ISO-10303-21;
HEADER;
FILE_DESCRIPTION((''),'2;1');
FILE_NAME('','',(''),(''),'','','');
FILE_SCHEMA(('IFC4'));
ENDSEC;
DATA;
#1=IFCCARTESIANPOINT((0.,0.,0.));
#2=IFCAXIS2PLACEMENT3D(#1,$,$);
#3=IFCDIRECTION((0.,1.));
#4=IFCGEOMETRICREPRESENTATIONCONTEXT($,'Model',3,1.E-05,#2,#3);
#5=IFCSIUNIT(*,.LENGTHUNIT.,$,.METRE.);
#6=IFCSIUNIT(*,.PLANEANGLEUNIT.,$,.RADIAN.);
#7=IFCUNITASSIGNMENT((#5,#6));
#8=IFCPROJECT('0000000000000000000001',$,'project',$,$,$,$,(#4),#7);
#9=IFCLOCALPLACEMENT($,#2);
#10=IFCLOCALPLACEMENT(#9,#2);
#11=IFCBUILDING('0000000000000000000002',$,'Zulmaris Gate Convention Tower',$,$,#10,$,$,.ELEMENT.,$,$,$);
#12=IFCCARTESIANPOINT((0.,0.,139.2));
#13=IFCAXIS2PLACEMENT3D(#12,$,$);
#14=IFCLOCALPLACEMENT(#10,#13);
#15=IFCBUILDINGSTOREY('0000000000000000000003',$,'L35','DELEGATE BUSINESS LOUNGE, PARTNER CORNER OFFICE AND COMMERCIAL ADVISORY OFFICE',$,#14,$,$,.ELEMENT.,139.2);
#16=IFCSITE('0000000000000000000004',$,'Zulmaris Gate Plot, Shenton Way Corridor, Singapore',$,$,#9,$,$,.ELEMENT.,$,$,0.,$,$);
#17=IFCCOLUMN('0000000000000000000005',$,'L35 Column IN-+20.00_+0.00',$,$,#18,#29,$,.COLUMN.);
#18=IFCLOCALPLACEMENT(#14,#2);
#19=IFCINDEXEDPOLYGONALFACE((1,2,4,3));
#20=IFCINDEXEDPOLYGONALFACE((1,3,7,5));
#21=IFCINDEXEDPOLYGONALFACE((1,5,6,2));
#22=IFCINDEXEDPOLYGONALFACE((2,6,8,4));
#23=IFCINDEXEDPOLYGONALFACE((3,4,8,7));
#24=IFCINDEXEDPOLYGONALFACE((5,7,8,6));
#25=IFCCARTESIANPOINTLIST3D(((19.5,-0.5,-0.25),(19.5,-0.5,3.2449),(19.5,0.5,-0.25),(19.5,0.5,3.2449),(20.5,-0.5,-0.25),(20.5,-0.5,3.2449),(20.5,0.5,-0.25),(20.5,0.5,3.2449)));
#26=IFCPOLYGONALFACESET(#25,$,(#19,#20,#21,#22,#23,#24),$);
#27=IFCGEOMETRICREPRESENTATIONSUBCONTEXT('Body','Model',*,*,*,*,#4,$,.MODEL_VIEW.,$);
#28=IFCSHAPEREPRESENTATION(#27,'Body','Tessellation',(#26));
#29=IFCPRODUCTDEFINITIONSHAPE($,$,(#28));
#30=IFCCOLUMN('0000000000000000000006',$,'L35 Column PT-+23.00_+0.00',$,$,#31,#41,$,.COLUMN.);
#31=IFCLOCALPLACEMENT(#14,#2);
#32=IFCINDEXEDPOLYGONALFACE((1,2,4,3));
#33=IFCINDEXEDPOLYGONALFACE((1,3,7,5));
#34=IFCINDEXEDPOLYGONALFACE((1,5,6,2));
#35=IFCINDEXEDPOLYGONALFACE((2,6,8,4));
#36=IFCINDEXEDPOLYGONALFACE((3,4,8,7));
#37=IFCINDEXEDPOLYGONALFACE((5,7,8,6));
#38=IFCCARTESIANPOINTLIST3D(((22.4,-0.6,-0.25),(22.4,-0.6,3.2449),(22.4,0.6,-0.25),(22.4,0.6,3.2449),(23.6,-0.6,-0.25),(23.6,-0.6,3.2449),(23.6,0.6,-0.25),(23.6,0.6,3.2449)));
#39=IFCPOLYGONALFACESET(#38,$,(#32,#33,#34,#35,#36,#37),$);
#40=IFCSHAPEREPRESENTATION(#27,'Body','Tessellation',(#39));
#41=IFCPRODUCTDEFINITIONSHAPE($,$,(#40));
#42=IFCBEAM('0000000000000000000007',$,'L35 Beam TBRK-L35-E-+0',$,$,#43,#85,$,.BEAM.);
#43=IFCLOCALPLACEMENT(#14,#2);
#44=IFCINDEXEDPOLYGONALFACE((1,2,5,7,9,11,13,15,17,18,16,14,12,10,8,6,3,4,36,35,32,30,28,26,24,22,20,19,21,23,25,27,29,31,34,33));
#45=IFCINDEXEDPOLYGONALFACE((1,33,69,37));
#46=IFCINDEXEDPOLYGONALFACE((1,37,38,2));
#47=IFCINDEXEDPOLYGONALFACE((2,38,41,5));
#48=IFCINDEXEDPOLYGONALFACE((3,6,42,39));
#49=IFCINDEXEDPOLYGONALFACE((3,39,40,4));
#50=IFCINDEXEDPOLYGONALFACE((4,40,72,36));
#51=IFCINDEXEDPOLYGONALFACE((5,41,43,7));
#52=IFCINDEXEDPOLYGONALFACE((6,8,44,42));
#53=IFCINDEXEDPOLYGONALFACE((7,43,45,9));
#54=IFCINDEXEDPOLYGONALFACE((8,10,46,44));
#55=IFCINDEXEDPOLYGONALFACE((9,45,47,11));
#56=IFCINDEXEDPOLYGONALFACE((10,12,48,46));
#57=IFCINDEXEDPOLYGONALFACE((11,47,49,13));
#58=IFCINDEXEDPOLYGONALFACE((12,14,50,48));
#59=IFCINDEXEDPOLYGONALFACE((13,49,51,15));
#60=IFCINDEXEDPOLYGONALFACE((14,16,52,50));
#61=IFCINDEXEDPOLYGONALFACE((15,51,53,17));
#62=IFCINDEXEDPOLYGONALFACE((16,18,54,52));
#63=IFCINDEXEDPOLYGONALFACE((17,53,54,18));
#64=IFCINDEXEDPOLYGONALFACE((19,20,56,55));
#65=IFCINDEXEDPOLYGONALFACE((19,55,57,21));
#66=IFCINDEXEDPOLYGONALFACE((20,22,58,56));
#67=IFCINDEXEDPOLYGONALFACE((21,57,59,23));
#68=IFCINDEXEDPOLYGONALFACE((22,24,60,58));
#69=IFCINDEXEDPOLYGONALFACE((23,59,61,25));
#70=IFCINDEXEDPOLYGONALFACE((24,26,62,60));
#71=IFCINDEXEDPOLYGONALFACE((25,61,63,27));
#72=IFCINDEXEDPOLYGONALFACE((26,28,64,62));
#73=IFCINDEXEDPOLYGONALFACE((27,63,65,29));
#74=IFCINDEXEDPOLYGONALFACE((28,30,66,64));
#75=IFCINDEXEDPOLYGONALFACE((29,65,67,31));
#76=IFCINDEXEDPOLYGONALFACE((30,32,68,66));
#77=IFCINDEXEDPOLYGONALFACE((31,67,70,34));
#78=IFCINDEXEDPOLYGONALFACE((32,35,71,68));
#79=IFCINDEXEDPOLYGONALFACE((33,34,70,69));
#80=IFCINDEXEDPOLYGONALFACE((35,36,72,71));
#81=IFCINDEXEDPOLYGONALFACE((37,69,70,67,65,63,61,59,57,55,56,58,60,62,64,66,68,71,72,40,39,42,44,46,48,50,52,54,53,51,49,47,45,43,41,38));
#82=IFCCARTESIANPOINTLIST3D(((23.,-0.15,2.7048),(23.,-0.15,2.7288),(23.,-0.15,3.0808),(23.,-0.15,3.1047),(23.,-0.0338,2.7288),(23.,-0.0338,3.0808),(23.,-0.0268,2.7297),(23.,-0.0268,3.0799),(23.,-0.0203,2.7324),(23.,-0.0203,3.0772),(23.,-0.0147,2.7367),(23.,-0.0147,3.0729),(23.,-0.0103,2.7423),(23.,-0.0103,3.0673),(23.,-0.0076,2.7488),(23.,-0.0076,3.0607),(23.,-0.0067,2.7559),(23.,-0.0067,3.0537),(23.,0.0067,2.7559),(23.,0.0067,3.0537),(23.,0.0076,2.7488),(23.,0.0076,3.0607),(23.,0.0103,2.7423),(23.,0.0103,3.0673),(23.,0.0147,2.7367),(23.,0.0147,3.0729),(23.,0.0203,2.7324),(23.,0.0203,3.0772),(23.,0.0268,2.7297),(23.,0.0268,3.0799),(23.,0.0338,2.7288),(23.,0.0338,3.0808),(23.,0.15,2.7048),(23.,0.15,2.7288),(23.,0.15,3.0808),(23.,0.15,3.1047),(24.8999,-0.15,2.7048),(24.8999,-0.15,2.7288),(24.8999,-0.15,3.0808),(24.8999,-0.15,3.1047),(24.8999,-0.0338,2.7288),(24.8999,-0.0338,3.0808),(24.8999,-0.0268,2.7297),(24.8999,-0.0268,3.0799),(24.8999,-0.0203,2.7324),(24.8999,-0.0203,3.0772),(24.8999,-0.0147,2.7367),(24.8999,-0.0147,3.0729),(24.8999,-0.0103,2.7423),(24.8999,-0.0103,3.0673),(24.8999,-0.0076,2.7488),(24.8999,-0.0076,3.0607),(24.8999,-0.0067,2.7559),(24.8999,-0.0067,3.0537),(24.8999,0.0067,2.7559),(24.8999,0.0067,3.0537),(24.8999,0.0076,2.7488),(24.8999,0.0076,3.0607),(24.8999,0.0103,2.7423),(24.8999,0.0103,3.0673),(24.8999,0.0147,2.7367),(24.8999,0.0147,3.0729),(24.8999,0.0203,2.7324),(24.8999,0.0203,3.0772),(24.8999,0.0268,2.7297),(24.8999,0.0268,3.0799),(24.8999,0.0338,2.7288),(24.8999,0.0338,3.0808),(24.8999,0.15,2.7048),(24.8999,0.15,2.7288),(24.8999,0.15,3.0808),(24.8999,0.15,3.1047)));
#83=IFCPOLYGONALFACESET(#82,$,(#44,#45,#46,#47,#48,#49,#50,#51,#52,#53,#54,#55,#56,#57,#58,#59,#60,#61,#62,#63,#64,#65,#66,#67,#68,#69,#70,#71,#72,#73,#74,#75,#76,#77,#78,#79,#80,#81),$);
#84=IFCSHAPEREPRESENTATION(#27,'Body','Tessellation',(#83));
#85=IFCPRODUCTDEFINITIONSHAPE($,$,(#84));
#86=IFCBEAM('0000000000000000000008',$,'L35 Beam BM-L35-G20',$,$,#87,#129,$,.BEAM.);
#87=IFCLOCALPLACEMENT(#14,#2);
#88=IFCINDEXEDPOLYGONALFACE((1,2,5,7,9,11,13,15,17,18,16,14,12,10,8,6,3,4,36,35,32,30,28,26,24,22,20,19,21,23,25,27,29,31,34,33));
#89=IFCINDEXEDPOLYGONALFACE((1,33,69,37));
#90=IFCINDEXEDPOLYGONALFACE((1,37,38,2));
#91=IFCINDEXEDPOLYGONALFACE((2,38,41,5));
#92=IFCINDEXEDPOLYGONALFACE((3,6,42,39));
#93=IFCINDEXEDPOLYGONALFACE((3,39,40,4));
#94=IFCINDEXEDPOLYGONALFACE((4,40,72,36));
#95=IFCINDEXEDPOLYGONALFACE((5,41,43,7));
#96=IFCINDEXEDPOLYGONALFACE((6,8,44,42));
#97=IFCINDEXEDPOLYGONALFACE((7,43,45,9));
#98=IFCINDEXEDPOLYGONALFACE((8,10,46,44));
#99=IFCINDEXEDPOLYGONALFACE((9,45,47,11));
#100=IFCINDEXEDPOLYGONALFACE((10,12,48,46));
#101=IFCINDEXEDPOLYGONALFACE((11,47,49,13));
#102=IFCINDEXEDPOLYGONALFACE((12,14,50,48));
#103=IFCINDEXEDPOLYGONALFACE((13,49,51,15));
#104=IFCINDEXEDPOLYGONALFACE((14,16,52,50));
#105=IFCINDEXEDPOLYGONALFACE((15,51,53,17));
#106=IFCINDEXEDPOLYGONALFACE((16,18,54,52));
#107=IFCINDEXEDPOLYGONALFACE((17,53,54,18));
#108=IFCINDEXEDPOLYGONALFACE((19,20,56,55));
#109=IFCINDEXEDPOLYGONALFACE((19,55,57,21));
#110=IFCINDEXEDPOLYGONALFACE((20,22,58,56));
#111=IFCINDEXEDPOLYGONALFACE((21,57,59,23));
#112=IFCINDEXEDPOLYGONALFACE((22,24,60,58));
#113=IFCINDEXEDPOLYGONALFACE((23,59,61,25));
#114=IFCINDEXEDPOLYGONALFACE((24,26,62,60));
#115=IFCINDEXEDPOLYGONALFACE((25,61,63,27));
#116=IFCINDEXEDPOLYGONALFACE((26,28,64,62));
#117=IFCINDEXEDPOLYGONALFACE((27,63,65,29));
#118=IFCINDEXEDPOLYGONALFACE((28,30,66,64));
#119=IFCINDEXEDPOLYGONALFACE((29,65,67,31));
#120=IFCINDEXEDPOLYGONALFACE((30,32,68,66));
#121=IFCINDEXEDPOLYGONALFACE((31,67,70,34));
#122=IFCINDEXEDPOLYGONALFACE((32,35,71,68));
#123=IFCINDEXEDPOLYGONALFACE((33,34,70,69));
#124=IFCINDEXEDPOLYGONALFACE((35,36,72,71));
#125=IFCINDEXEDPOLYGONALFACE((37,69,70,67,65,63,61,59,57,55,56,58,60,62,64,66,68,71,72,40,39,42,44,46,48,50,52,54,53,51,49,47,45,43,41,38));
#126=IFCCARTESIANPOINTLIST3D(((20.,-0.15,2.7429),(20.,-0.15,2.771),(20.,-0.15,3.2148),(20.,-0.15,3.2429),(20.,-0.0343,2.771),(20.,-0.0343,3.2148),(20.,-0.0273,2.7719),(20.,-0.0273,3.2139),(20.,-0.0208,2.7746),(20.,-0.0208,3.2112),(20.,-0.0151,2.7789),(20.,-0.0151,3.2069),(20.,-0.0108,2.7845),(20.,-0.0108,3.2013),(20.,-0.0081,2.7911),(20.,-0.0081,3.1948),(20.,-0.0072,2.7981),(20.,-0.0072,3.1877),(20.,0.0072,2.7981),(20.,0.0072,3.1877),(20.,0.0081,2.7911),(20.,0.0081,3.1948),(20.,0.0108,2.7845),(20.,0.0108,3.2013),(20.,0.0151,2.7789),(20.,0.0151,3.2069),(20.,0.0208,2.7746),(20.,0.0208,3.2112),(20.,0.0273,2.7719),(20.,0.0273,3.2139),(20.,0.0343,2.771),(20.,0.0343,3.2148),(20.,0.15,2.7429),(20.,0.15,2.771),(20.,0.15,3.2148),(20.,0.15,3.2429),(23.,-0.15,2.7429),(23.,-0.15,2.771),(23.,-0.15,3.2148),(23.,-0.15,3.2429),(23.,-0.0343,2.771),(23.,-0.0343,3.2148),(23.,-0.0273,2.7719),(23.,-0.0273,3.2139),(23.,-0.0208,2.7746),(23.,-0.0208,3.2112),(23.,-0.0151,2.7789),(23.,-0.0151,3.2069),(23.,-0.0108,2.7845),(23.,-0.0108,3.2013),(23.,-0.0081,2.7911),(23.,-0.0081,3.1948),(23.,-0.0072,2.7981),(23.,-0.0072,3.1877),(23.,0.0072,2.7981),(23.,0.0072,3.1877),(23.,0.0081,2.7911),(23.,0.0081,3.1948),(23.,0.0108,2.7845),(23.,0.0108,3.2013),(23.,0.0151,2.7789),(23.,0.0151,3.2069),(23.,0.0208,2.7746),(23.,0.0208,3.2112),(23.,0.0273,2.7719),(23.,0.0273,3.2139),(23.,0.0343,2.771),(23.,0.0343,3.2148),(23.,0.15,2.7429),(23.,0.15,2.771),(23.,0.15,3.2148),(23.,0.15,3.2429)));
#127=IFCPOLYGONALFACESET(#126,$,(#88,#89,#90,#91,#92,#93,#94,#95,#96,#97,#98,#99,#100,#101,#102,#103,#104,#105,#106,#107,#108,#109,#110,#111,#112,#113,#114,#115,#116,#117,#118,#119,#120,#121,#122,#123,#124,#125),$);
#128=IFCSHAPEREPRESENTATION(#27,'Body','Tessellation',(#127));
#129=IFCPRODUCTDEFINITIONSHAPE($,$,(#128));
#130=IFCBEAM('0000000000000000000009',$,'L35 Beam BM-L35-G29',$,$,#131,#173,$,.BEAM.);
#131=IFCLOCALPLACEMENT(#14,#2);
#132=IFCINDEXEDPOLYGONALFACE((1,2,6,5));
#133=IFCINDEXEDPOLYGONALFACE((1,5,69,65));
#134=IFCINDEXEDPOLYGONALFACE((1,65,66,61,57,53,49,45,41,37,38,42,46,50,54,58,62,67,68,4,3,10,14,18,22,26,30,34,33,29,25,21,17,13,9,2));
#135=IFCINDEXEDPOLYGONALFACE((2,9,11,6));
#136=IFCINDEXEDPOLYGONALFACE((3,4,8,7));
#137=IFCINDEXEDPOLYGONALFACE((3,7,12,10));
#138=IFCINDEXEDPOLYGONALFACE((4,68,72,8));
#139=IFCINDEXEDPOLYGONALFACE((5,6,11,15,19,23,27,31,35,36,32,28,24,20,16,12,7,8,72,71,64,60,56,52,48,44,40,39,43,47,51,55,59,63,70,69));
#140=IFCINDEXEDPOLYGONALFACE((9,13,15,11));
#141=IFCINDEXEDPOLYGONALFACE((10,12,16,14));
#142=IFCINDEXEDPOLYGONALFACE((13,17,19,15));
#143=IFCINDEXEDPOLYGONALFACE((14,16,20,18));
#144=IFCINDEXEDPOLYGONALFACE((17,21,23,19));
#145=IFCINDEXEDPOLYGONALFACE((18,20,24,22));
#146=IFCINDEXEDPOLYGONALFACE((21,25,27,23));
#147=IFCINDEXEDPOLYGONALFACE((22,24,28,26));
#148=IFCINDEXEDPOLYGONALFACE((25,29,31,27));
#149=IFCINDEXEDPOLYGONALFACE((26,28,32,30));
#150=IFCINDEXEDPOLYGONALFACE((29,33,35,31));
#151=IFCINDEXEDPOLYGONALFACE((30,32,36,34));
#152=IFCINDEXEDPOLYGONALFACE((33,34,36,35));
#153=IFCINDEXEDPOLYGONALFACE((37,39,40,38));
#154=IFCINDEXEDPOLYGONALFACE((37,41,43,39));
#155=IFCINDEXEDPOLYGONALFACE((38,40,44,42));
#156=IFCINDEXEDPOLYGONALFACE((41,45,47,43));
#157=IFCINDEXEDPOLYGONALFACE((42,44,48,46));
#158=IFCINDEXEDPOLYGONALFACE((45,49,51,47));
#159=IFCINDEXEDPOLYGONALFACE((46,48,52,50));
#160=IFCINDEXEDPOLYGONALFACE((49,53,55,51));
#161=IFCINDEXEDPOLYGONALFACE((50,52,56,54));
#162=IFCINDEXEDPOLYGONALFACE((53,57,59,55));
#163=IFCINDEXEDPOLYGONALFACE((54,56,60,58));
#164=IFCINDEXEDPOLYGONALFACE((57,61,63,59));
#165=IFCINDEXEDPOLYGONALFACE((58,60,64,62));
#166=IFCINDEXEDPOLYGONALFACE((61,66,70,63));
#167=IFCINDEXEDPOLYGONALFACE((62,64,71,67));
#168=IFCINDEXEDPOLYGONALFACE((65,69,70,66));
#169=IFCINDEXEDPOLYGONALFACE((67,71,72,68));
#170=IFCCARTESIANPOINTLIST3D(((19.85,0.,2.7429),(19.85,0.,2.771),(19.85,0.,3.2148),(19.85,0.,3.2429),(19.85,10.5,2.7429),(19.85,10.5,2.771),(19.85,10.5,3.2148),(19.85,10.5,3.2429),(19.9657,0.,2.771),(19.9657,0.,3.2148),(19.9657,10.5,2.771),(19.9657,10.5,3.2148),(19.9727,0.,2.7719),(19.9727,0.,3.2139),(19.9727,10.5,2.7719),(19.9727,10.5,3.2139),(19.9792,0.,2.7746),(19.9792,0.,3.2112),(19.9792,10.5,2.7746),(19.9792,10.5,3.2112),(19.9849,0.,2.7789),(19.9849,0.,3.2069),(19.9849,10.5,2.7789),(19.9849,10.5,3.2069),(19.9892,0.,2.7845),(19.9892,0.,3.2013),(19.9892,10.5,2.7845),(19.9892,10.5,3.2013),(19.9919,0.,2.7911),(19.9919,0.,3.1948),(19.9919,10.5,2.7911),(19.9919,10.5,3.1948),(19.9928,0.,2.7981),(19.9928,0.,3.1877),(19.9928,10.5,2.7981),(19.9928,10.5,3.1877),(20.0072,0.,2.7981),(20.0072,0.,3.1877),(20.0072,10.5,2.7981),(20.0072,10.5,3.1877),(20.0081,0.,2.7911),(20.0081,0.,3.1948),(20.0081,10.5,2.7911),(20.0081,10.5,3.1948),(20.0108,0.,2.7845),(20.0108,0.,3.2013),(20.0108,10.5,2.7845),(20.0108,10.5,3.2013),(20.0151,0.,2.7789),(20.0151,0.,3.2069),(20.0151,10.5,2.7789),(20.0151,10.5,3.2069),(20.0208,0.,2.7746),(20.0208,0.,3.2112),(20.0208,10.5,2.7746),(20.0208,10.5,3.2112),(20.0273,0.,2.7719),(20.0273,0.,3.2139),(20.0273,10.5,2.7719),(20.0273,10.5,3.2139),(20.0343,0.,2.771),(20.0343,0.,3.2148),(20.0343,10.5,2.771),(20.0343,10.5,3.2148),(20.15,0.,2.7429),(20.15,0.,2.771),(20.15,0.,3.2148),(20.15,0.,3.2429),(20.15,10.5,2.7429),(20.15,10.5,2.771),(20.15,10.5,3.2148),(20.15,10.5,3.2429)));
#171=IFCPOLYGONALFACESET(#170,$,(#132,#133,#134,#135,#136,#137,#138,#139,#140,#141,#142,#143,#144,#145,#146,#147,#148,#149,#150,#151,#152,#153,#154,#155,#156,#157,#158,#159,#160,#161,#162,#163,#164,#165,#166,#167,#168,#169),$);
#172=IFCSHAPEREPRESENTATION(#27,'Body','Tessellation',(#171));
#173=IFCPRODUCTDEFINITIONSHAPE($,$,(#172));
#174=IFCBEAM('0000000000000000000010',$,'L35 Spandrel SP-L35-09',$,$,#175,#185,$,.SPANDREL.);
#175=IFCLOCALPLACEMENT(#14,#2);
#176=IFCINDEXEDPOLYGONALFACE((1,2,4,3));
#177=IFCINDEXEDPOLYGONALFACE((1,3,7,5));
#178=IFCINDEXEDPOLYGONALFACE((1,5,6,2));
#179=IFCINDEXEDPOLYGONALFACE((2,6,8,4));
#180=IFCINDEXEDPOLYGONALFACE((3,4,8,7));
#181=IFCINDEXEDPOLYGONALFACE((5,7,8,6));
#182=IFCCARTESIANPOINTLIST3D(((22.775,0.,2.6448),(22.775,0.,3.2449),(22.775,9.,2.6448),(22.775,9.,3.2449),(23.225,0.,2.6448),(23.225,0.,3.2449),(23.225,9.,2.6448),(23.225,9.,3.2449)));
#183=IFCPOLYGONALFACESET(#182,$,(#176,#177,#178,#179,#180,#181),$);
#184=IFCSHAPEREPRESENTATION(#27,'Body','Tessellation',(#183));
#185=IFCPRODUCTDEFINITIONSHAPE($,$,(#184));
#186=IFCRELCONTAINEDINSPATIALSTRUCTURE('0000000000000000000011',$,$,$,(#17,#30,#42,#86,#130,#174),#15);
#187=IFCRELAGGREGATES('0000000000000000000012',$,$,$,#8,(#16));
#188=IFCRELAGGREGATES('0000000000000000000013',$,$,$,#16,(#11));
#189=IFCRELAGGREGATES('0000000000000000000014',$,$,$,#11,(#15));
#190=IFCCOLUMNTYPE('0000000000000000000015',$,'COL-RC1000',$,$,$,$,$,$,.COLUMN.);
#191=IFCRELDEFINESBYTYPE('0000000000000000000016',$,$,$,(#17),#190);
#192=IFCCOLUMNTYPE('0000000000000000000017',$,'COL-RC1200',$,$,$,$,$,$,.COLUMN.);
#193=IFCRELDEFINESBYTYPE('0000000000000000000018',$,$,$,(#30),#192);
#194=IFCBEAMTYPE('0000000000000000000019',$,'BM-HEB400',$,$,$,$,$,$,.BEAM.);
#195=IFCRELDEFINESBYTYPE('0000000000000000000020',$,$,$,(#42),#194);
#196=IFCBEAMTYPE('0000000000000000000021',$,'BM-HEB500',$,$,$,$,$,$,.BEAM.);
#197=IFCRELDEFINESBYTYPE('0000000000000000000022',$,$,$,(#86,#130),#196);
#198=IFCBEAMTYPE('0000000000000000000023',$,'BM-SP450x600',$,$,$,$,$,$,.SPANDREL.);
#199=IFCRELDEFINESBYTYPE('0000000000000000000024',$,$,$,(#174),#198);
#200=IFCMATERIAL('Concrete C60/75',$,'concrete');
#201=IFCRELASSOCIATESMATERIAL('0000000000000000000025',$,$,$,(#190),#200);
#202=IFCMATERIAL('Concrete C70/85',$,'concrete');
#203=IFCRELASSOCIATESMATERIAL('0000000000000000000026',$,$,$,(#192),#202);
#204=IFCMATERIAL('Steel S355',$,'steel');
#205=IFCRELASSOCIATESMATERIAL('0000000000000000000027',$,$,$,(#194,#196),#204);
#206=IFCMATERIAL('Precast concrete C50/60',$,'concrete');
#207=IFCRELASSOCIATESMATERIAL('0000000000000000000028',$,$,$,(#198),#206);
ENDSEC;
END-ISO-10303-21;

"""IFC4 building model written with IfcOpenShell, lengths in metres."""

from ifc_helpers import new_model, si_unit, direction, frame, origin, origin_2d, place, context, subcontext, project, spatial, rectangle, i_section, extrude, material, material_profile, profile_set, type_object, element, save


model = new_model("IFC4")

# Units and contexts
model_context = context("Model", 3, precision=1e-05, world=origin(), true_north=direction((0.0, 1.0)))
body_context = subcontext(model_context, "Body", "Model", "MODEL_VIEW")
ifc_project = project(units=[si_unit("LENGTHUNIT", "METRE"), si_unit("PLANEANGLEUNIT", "RADIAN")], contexts=[model_context])

# Site, building, storey
site_placement = place(None, origin())
site = spatial("IfcSite", under=ifc_project, at=site_placement, Name="Zulmaris Gate Plot, Shenton Way Corridor, Singapore", CompositionType="ELEMENT", RefElevation=0.0)
building_placement = place(site_placement, origin())
building = spatial("IfcBuilding", under=site, at=building_placement, Name="Zulmaris Gate Convention Tower", CompositionType="ELEMENT")
storey_placement = place(building_placement, frame((0.0, 0.0, 139.2)))
storey = spatial("IfcBuildingStorey", under=building, at=storey_placement, Name="L35", Description="DELEGATE BUSINESS LOUNGE, PARTNER CORNER OFFICE AND COMMERCIAL ADVISORY OFFICE", CompositionType="ELEMENT", Elevation=139.2)

# Columns
ifc_material_1 = material(Name="Concrete C60/75", Category="concrete")
ifc_material_profile_1 = material_profile(ifc_material_1, rectangle(XDim=1.0, YDim=1.0, at=origin_2d()), Name="RC COL 1000x1000")
ifc_profile_set_1 = profile_set([ifc_material_profile_1], Name="Concrete C60/75")
column_type_1 = type_object("IfcColumnType", Name="COL-RC1000", PredefinedType="COLUMN", material=ifc_profile_set_1)
column_1_placement = place(storey_placement, frame((20.0, 0.0, -0.25), z_axis=(0.0, 0.0, 1.0), x_axis=(1.0, 0.0, 0.0)))
element("IfcColumn", 1, at=column_1_placement, inside=storey, type_object=column_type_1, Name="L35 Column IN-+20.00_+0.00", PredefinedType="COLUMN", context=body_context, shape_type="SweptSolid", body=[
    extrude(rectangle(XDim=1.0, YDim=1.0, at=origin_2d()), origin(), (0.0, 0.0, 1.0), 3.4949),
])
ifc_material_2 = material(Name="Concrete C70/85", Category="concrete")
ifc_material_profile_2 = material_profile(ifc_material_2, rectangle(XDim=1.2, YDim=1.2, at=origin_2d()), Name="RC COL 1200x1200")
ifc_profile_set_2 = profile_set([ifc_material_profile_2], Name="Concrete C70/85")
column_type_2 = type_object("IfcColumnType", Name="COL-RC1200", PredefinedType="COLUMN", material=ifc_profile_set_2)
column_2_placement = place(storey_placement, frame((23.0, 0.0, -0.25), z_axis=(0.0, 0.0, 1.0), x_axis=(1.0, 0.0, 0.0)))
element("IfcColumn", 2, at=column_2_placement, inside=storey, type_object=column_type_2, Name="L35 Column PT-+23.00_+0.00", PredefinedType="COLUMN", context=body_context, shape_type="SweptSolid", body=[
    extrude(rectangle(XDim=1.2, YDim=1.2, at=origin_2d()), origin(), (0.0, 0.0, 1.0), 3.4949),
])

# Beams
ifc_material_3 = material(Name="Steel S355", Category="steel")
ifc_material_profile_3 = material_profile(ifc_material_3, i_section(OverallWidth=0.3, OverallDepth=0.3999, WebThickness=0.0134, FlangeThickness=0.0239, FilletRadius=0.0271, at=origin_2d()), Name="HEB 400")
ifc_profile_set_3 = profile_set([ifc_material_profile_3], Name="Steel S355")
beam_type_1 = type_object("IfcBeamType", Name="BM-HEB400", PredefinedType="BEAM", material=ifc_profile_set_3)
beam_1_placement = place(storey_placement, frame((23.0, 0.0, 2.9048), z_axis=(1.0, 0.0, 0.0), x_axis=(0.0, 1.0, 0.0)))
element("IfcBeam", 3, at=beam_1_placement, inside=storey, type_object=beam_type_1, Name="L35 Beam TBRK-L35-E-+0", PredefinedType="BEAM", context=body_context, shape_type="SweptSolid", body=[
    extrude(i_section(OverallWidth=0.3, OverallDepth=0.3999, WebThickness=0.0134, FlangeThickness=0.0239, FilletRadius=0.0271, at=origin_2d()), origin(), (0.0, 0.0, 1.0), 1.8999),
])
ifc_material_profile_4 = material_profile(ifc_material_3, i_section(OverallWidth=0.3, OverallDepth=0.5, WebThickness=0.0144, FlangeThickness=0.0281, FilletRadius=0.0271, at=origin_2d()), Name="HEB 500")
ifc_profile_set_4 = profile_set([ifc_material_profile_4], Name="Steel S355")
beam_type_2 = type_object("IfcBeamType", Name="BM-HEB500", PredefinedType="BEAM", material=ifc_profile_set_4)
beam_2_placement = place(storey_placement, frame((20.0, 0.0, 2.9929), z_axis=(1.0, 0.0, 0.0), x_axis=(0.0, 1.0, 0.0)))
element("IfcBeam", 4, at=beam_2_placement, inside=storey, type_object=beam_type_2, Name="L35 Beam BM-L35-G20", PredefinedType="BEAM", context=body_context, shape_type="SweptSolid", body=[
    extrude(i_section(OverallWidth=0.3, OverallDepth=0.5, WebThickness=0.0144, FlangeThickness=0.0281, FilletRadius=0.0271, at=origin_2d()), origin(), (0.0, 0.0, 1.0), 3.0),
])
beam_3_placement = place(storey_placement, frame((20.0, 0.0, 2.9929), z_axis=(0.0, 1.0, 0.0), x_axis=(-1.0, 0.0, 0.0)))
element("IfcBeam", 5, at=beam_3_placement, inside=storey, type_object=beam_type_2, Name="L35 Beam BM-L35-G29", PredefinedType="BEAM", context=body_context, shape_type="SweptSolid", body=[
    extrude(i_section(OverallWidth=0.3, OverallDepth=0.5, WebThickness=0.0144, FlangeThickness=0.0281, FilletRadius=0.0271, at=origin_2d()), origin(), (0.0, 0.0, 1.0), 10.5),
])
ifc_material_4 = material(Name="Precast concrete C50/60", Category="concrete")
ifc_material_profile_5 = material_profile(ifc_material_4, rectangle(XDim=0.45, YDim=0.6001, at=origin_2d()), Name="RC SPANDREL 450x600")
ifc_profile_set_5 = profile_set([ifc_material_profile_5], Name="Precast concrete C50/60")
beam_type_3 = type_object("IfcBeamType", Name="BM-SP450x600", PredefinedType="SPANDREL", material=ifc_profile_set_5)
beam_4_placement = place(storey_placement, frame((23.0, 0.0, 2.9448), z_axis=(0.0, 1.0, 0.0), x_axis=(-1.0, 0.0, 0.0)))
element("IfcBeam", 6, at=beam_4_placement, inside=storey, type_object=beam_type_3, Name="L35 Spandrel SP-L35-09", PredefinedType="SPANDREL", context=body_context, shape_type="SweptSolid", body=[
    extrude(rectangle(XDim=0.45, YDim=0.6001, at=origin_2d()), origin(), (0.0, 0.0, 1.0), 9.0),
])

save(model, "model.ifc")
